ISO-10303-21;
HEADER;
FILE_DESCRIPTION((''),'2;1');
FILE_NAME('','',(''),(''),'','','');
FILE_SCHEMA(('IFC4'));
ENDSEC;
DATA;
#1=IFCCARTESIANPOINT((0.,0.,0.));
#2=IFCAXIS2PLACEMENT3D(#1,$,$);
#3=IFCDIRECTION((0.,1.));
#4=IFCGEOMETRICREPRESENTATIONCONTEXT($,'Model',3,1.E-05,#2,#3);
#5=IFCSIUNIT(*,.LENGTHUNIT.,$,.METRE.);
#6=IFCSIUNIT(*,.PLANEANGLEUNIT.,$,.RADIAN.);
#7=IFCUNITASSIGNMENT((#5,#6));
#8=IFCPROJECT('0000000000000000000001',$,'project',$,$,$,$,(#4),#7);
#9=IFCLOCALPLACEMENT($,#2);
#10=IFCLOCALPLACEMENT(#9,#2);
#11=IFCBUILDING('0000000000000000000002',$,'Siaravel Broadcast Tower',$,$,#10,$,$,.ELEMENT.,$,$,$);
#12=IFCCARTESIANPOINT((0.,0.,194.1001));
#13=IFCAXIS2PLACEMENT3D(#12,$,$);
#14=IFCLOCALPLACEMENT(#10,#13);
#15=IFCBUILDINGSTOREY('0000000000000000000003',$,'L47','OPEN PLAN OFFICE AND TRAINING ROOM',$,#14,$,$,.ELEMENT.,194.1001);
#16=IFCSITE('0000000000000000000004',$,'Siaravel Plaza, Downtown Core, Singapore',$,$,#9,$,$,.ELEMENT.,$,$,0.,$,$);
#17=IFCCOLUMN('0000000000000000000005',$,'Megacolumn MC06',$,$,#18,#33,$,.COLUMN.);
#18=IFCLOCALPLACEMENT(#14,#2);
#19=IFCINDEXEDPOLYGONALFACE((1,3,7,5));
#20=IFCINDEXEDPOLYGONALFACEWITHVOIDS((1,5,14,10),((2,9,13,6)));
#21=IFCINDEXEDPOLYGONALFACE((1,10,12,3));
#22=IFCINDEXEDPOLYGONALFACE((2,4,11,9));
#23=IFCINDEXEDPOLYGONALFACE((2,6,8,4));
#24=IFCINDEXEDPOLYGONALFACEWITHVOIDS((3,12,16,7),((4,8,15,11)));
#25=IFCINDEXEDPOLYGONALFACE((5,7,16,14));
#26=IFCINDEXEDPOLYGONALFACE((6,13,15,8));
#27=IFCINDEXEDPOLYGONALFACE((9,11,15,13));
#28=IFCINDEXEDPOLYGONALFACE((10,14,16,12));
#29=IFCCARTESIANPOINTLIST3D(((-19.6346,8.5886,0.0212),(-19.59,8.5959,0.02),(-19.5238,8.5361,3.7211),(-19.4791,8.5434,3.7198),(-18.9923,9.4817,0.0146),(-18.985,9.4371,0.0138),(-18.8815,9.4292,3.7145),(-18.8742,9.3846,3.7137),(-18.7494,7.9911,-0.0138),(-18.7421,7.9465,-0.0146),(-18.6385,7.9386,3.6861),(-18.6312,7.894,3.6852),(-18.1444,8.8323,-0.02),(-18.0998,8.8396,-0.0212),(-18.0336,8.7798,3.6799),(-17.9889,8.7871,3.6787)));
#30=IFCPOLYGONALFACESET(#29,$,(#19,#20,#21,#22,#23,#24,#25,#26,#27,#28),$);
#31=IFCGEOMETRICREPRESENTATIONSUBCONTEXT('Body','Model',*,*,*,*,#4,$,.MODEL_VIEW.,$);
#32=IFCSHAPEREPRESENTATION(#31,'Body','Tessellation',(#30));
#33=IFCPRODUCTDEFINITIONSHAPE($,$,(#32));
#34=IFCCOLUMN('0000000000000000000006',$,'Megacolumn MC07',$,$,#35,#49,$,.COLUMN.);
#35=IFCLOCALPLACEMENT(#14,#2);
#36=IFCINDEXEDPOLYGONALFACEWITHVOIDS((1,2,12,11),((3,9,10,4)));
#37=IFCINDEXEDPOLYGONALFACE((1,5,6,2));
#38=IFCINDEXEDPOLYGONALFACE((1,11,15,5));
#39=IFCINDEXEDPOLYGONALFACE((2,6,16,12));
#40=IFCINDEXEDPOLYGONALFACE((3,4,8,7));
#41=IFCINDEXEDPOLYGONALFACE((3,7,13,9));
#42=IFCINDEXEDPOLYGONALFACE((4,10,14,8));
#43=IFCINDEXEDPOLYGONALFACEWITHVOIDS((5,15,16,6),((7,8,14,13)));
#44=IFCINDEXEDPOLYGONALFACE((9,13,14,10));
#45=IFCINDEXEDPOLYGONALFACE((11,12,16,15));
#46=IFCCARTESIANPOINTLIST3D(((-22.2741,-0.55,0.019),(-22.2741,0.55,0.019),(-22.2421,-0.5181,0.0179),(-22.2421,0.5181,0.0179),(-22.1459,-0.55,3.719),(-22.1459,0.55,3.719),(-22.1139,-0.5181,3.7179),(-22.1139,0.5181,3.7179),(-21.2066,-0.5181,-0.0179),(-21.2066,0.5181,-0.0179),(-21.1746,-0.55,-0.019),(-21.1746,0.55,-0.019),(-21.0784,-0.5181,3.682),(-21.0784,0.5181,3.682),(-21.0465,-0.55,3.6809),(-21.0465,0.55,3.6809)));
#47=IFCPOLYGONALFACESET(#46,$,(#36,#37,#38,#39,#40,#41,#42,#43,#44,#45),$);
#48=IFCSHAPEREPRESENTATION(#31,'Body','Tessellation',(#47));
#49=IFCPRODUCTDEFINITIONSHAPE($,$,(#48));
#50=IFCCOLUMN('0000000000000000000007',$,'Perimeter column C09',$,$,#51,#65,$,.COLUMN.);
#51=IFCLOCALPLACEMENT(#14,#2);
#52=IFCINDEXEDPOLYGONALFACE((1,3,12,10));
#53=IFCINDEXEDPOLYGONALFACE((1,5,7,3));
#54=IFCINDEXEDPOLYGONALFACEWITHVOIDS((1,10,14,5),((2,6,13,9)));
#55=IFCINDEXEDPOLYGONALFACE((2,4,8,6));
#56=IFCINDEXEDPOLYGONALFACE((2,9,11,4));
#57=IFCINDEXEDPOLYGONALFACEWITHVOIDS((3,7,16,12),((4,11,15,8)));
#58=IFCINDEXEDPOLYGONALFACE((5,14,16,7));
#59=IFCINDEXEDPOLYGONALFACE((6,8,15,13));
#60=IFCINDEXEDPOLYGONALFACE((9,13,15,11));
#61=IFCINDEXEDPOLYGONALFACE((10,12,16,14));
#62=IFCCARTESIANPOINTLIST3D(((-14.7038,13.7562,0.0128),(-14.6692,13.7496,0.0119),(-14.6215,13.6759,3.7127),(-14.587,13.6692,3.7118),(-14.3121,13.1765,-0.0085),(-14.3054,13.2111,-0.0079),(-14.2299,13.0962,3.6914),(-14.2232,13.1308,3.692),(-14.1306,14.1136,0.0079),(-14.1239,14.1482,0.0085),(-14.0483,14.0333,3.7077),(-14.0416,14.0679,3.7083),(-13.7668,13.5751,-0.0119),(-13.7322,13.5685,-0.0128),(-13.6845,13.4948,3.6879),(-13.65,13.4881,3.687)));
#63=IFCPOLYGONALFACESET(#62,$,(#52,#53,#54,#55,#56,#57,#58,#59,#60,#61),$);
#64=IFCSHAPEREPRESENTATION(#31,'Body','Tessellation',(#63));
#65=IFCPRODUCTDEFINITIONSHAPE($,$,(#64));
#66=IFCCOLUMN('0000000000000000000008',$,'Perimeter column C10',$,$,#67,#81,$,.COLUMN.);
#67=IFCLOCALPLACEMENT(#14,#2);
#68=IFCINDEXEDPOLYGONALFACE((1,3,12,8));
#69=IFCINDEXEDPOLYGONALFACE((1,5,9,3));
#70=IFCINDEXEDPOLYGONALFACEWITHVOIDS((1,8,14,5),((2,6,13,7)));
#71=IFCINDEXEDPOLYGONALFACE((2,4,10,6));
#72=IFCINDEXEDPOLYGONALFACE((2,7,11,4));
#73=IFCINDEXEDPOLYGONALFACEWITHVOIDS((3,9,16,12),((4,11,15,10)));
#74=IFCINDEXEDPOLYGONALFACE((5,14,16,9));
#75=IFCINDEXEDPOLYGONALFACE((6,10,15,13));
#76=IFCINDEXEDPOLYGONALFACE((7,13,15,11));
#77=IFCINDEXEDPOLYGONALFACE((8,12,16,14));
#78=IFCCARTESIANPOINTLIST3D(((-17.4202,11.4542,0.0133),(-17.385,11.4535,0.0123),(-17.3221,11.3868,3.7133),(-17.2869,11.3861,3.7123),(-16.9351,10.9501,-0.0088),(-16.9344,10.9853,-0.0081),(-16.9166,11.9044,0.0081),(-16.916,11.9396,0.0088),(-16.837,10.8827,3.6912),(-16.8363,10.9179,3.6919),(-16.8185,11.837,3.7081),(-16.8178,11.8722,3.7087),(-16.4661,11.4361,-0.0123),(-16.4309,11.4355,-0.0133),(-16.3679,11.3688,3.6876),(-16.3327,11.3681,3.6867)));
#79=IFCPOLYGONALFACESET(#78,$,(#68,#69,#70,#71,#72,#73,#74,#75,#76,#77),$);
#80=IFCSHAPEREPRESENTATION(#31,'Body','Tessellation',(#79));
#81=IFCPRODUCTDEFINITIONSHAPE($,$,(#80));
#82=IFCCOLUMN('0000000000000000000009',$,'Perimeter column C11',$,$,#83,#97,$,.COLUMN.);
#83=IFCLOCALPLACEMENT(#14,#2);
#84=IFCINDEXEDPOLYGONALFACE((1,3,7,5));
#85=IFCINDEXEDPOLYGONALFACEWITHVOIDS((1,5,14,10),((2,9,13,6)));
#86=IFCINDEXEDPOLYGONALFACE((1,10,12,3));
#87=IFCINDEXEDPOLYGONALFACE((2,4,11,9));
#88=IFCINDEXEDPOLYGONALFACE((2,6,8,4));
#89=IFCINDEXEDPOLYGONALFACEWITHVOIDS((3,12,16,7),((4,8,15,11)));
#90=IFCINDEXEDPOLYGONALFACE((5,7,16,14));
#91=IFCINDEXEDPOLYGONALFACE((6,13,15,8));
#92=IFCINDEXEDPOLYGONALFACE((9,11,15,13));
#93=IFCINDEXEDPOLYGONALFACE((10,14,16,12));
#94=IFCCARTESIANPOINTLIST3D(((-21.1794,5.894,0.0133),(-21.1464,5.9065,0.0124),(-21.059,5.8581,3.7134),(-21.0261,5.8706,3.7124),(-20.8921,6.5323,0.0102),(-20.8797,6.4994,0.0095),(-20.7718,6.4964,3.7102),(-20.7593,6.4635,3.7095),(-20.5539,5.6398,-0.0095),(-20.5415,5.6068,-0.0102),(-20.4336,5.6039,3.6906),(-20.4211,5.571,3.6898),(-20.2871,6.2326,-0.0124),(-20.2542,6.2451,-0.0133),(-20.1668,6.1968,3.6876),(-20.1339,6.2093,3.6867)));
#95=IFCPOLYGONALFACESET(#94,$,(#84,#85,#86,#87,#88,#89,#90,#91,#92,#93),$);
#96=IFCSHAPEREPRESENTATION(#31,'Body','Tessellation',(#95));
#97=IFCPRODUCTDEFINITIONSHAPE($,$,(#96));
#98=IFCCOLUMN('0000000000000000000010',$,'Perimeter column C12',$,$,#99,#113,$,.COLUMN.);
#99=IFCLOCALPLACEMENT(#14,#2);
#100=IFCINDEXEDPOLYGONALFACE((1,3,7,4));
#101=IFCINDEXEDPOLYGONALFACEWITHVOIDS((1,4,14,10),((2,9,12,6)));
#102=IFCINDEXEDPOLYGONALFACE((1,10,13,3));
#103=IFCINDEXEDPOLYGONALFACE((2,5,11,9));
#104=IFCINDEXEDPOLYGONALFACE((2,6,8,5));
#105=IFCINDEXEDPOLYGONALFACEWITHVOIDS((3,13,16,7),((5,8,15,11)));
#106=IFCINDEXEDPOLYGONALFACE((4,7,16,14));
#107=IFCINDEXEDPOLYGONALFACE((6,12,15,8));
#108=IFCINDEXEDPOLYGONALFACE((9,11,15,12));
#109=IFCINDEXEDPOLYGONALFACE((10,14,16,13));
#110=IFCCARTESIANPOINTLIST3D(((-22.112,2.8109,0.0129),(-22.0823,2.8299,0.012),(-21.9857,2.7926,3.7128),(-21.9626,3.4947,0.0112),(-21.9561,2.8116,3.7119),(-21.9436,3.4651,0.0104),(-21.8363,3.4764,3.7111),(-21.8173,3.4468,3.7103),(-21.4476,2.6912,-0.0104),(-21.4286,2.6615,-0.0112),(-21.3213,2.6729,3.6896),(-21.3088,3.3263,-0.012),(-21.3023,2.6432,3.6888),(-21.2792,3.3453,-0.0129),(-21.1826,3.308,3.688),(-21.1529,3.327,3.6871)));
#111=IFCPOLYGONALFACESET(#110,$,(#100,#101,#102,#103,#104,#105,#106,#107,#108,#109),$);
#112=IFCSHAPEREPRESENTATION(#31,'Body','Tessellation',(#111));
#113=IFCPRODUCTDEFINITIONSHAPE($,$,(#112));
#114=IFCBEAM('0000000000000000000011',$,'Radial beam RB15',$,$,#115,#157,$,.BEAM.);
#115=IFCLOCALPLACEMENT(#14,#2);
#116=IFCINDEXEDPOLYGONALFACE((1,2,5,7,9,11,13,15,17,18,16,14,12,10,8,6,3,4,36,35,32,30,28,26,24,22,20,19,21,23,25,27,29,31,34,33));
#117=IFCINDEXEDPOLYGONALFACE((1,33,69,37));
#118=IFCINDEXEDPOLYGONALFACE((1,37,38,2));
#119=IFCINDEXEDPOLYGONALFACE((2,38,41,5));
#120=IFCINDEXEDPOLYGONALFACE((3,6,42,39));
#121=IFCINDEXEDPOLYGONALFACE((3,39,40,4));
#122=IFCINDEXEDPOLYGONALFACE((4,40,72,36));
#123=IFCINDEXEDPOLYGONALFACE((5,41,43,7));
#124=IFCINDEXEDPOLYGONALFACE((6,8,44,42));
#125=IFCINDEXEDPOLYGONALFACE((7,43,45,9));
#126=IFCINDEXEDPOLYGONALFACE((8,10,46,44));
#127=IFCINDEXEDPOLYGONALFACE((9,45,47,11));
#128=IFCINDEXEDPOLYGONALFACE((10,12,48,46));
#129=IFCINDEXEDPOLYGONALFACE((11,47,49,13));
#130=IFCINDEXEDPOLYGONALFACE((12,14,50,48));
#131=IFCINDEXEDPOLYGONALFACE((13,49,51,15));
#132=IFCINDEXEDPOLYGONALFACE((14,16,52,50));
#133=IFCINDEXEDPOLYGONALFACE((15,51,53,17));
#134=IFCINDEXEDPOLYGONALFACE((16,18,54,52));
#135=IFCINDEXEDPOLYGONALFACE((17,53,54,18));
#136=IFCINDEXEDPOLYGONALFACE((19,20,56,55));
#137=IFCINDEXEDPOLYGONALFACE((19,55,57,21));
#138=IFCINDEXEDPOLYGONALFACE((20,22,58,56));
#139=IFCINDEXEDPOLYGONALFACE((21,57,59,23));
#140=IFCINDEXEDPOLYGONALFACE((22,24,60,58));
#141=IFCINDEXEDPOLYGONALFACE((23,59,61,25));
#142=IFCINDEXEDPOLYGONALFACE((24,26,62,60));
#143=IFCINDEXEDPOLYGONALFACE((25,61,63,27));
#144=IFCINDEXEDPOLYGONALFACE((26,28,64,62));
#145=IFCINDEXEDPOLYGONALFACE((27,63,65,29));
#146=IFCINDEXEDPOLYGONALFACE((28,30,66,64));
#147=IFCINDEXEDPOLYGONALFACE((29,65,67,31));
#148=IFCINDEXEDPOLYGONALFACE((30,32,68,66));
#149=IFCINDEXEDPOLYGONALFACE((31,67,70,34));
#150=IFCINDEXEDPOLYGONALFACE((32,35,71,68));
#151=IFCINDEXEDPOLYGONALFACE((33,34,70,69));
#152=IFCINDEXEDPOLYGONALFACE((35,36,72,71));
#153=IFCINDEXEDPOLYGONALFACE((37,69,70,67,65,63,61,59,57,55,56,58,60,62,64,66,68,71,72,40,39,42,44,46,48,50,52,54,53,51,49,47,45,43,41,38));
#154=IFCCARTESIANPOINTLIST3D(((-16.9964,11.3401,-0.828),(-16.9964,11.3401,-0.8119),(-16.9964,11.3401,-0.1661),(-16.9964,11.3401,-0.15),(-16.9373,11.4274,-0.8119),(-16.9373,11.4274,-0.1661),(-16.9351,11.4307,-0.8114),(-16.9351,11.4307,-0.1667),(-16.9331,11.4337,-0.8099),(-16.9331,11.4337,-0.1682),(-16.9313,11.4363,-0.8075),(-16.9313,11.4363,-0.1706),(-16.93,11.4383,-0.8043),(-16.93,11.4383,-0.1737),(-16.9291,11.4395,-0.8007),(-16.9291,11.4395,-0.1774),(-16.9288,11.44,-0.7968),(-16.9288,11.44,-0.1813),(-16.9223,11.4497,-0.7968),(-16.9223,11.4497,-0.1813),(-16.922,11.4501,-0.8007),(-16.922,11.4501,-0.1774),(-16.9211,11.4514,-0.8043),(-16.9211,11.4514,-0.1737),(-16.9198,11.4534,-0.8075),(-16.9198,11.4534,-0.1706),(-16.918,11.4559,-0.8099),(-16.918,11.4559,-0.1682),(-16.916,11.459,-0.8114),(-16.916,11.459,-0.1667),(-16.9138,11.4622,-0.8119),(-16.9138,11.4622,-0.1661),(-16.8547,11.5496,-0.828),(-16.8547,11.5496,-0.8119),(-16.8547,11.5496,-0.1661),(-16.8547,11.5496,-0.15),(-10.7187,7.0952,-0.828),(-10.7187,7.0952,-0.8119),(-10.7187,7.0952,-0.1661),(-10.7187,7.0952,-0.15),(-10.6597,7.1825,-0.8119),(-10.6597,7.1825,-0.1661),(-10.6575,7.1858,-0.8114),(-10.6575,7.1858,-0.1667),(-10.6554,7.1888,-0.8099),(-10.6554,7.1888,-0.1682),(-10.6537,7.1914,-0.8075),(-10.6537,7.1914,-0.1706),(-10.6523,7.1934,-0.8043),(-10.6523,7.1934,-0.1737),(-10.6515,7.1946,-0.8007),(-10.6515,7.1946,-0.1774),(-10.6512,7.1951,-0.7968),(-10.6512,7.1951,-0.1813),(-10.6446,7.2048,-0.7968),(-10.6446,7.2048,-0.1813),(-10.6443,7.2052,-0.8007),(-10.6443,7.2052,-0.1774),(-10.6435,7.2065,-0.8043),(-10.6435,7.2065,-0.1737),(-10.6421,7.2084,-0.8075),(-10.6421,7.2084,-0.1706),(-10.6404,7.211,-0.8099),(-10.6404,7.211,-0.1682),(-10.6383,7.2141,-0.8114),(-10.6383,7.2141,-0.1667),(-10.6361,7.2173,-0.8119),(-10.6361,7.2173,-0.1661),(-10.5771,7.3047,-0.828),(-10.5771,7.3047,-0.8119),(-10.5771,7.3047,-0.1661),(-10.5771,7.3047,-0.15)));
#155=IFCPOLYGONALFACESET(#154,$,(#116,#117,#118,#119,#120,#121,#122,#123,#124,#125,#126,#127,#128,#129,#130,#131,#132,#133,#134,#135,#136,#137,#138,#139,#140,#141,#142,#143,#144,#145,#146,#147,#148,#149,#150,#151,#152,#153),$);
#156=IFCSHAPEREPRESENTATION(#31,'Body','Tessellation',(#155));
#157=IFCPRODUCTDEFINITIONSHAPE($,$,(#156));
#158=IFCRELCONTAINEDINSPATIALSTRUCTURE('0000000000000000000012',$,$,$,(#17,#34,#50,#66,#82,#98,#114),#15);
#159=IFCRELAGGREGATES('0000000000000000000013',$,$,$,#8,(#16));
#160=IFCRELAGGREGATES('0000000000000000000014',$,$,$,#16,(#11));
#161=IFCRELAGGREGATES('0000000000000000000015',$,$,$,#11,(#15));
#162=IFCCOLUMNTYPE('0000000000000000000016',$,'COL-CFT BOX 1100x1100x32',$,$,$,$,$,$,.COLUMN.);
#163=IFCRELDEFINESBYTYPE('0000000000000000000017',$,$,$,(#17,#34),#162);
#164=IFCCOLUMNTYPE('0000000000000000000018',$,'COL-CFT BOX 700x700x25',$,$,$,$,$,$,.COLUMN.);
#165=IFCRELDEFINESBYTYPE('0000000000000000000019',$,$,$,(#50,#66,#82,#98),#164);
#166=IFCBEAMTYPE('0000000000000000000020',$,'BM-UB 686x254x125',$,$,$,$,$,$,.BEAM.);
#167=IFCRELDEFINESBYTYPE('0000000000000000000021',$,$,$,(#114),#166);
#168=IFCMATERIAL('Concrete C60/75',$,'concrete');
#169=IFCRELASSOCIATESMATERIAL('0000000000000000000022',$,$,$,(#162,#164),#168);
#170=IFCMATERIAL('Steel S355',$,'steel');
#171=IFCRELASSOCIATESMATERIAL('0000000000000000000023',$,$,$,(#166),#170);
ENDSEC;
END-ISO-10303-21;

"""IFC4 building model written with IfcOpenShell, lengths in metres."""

from ifc_helpers import new_model, si_unit, direction, frame, origin, origin_2d, place, context, subcontext, project, spatial, hollow_rectangle, i_section, extrude, material, material_profile, profile_set, type_object, element, save


model = new_model("IFC4")

# Units and contexts
model_context = context("Model", 3, precision=1e-05, world=origin(), true_north=direction((0.0, 1.0)))
body_context = subcontext(model_context, "Body", "Model", "MODEL_VIEW")
ifc_project = project(units=[si_unit("LENGTHUNIT", "METRE"), si_unit("PLANEANGLEUNIT", "RADIAN")], contexts=[model_context])

# Site, building, storey
site_placement = place(None, origin())
site = spatial("IfcSite", under=ifc_project, at=site_placement, Name="Siaravel Plaza, Downtown Core, Singapore", CompositionType="ELEMENT", RefElevation=0.0)
building_placement = place(site_placement, origin())
building = spatial("IfcBuilding", under=site, at=building_placement, Name="Siaravel Broadcast Tower", CompositionType="ELEMENT")
storey_placement = place(building_placement, frame((0.0, 0.0, 194.1001)))
storey = spatial("IfcBuildingStorey", under=building, at=storey_placement, Name="L47", Description="OPEN PLAN OFFICE AND TRAINING ROOM", CompositionType="ELEMENT", Elevation=194.1001)

# Columns
ifc_material_1 = material(Name="Concrete C60/75", Category="concrete")
ifc_material_profile_1 = material_profile(ifc_material_1, hollow_rectangle(XDim=1.1001, YDim=1.1001, WallThickness=0.032, at=origin_2d()))
ifc_profile_set_1 = profile_set([ifc_material_profile_1], Name="Concrete C60/75")
column_type_1 = type_object("IfcColumnType", Name="COL-CFT BOX 1100x1100x32", PredefinedType="COLUMN", material=ifc_profile_set_1)
column_1_placement = place(storey_placement, frame((-18.8672, 8.7141, 0.0), z_axis=(0.029941, -0.014179, 0.999451), x_axis=(0.583859, 0.811833, -0.005973)))
element("IfcColumn", 1, at=column_1_placement, inside=storey, type_object=column_type_1, Name="Megacolumn MC06", PredefinedType="COLUMN", context=body_context, shape_type="SweptSolid", body=[
    extrude(hollow_rectangle(XDim=1.1001, YDim=1.1001, WallThickness=0.032, at=origin_2d()), origin(), (0.0, 0.0, 1.0), 3.7019),
])
column_2_placement = place(storey_placement, frame((-21.7244, 0.0, 0.0), z_axis=(0.034621, 0.0, 0.999401), x_axis=(0.0, 1.0, 0.0)))
element("IfcColumn", 2, at=column_2_placement, inside=storey, type_object=column_type_1, Name="Megacolumn MC07", PredefinedType="COLUMN", context=body_context, shape_type="SweptSolid", body=[
    extrude(hollow_rectangle(XDim=1.1001, YDim=1.1001, WallThickness=0.032, at=origin_2d()), origin(), (0.0, 0.0, 1.0), 3.7021),
])
ifc_material_profile_2 = material_profile(ifc_material_1, hollow_rectangle(XDim=0.7, YDim=0.7, WallThickness=0.0249, at=origin_2d()))
ifc_profile_set_2 = profile_set([ifc_material_profile_2], Name="Concrete C60/75")
column_type_2 = type_object("IfcColumnType", Name="COL-CFT BOX 700x700x25", PredefinedType="COLUMN", material=ifc_profile_set_2)
column_3_placement = place(storey_placement, frame((-14.218, 13.6624, 0.0), z_axis=(0.022226, -0.021699, 0.999517), x_axis=(0.828497, 0.559958, -0.006267)))
element("IfcColumn", 3, at=column_3_placement, inside=storey, type_object=column_type_2, Name="Perimeter column C09", PredefinedType="COLUMN", context=body_context, shape_type="SweptSolid", body=[
    extrude(hollow_rectangle(XDim=0.7, YDim=0.7, WallThickness=0.0249, at=origin_2d()), origin(), (0.0, 0.0, 1.0), 3.7017),
])
column_4_placement = place(storey_placement, frame((-16.9255, 11.4448, 0.0), z_axis=(0.026512, -0.018202, 0.999483), x_axis=(0.720419, 0.693508, -0.00648)))
element("IfcColumn", 4, at=column_4_placement, inside=storey, type_object=column_type_2, Name="Perimeter column C10", PredefinedType="COLUMN", context=body_context, shape_type="SweptSolid", body=[
    extrude(hollow_rectangle(XDim=0.7, YDim=0.7, WallThickness=0.0249, at=origin_2d()), origin(), (0.0, 0.0, 1.0), 3.7019),
])
for number, where, z_axis, x_axis, name in (
    (5, (-20.7168, 6.0696, 0.0), (0.032512, -0.009694, 0.999424), (0.410363, 0.911911, -0.004504), "Perimeter column C11"),
    (6, (-21.6956, 3.0781, 0.0), (0.034094, -0.004946, 0.999406), (0.213452, 0.97695, -0.002447), "Perimeter column C12"),
):
    element("IfcColumn", number, at=place(storey_placement, frame(where, z_axis=z_axis, x_axis=x_axis)), inside=storey, type_object=column_type_2, Name=name, PredefinedType="COLUMN", context=body_context, shape_type="SweptSolid", body=[
        extrude(hollow_rectangle(XDim=0.7, YDim=0.7, WallThickness=0.0249, at=origin_2d()), origin(), (0.0, 0.0, 1.0), 3.7021),
    ])

# Beam
ifc_material_2 = material(Name="Steel S355", Category="steel")
ifc_material_profile_3 = material_profile(ifc_material_2, i_section(OverallWidth=0.2529, OverallDepth=0.678, WebThickness=0.0117, FlangeThickness=0.0161, FilletRadius=0.0151, at=origin_2d()))
ifc_profile_set_3 = profile_set([ifc_material_profile_3], Name="Steel S355")
beam_type = type_object("IfcBeamType", Name="BM-UB 686x254x125", PredefinedType="BEAM", material=ifc_profile_set_3)
beam_1_placement = place(storey_placement, frame((-16.9255, 11.4448, -0.489), z_axis=(0.828389, -0.560153, 0.0), x_axis=(0.560153, 0.828389, 0.0)))
element("IfcBeam", 7, at=beam_1_placement, inside=storey, type_object=beam_type, Name="Radial beam RB15", PredefinedType="BEAM", context=body_context, shape_type="SweptSolid", body=[
    extrude(i_section(OverallWidth=0.2529, OverallDepth=0.678, WebThickness=0.0117, FlangeThickness=0.0161, FilletRadius=0.0151, at=origin_2d()), origin(), (0.0, 0.0, 1.0), 7.5781),
])

save(model, "model.ifc")
